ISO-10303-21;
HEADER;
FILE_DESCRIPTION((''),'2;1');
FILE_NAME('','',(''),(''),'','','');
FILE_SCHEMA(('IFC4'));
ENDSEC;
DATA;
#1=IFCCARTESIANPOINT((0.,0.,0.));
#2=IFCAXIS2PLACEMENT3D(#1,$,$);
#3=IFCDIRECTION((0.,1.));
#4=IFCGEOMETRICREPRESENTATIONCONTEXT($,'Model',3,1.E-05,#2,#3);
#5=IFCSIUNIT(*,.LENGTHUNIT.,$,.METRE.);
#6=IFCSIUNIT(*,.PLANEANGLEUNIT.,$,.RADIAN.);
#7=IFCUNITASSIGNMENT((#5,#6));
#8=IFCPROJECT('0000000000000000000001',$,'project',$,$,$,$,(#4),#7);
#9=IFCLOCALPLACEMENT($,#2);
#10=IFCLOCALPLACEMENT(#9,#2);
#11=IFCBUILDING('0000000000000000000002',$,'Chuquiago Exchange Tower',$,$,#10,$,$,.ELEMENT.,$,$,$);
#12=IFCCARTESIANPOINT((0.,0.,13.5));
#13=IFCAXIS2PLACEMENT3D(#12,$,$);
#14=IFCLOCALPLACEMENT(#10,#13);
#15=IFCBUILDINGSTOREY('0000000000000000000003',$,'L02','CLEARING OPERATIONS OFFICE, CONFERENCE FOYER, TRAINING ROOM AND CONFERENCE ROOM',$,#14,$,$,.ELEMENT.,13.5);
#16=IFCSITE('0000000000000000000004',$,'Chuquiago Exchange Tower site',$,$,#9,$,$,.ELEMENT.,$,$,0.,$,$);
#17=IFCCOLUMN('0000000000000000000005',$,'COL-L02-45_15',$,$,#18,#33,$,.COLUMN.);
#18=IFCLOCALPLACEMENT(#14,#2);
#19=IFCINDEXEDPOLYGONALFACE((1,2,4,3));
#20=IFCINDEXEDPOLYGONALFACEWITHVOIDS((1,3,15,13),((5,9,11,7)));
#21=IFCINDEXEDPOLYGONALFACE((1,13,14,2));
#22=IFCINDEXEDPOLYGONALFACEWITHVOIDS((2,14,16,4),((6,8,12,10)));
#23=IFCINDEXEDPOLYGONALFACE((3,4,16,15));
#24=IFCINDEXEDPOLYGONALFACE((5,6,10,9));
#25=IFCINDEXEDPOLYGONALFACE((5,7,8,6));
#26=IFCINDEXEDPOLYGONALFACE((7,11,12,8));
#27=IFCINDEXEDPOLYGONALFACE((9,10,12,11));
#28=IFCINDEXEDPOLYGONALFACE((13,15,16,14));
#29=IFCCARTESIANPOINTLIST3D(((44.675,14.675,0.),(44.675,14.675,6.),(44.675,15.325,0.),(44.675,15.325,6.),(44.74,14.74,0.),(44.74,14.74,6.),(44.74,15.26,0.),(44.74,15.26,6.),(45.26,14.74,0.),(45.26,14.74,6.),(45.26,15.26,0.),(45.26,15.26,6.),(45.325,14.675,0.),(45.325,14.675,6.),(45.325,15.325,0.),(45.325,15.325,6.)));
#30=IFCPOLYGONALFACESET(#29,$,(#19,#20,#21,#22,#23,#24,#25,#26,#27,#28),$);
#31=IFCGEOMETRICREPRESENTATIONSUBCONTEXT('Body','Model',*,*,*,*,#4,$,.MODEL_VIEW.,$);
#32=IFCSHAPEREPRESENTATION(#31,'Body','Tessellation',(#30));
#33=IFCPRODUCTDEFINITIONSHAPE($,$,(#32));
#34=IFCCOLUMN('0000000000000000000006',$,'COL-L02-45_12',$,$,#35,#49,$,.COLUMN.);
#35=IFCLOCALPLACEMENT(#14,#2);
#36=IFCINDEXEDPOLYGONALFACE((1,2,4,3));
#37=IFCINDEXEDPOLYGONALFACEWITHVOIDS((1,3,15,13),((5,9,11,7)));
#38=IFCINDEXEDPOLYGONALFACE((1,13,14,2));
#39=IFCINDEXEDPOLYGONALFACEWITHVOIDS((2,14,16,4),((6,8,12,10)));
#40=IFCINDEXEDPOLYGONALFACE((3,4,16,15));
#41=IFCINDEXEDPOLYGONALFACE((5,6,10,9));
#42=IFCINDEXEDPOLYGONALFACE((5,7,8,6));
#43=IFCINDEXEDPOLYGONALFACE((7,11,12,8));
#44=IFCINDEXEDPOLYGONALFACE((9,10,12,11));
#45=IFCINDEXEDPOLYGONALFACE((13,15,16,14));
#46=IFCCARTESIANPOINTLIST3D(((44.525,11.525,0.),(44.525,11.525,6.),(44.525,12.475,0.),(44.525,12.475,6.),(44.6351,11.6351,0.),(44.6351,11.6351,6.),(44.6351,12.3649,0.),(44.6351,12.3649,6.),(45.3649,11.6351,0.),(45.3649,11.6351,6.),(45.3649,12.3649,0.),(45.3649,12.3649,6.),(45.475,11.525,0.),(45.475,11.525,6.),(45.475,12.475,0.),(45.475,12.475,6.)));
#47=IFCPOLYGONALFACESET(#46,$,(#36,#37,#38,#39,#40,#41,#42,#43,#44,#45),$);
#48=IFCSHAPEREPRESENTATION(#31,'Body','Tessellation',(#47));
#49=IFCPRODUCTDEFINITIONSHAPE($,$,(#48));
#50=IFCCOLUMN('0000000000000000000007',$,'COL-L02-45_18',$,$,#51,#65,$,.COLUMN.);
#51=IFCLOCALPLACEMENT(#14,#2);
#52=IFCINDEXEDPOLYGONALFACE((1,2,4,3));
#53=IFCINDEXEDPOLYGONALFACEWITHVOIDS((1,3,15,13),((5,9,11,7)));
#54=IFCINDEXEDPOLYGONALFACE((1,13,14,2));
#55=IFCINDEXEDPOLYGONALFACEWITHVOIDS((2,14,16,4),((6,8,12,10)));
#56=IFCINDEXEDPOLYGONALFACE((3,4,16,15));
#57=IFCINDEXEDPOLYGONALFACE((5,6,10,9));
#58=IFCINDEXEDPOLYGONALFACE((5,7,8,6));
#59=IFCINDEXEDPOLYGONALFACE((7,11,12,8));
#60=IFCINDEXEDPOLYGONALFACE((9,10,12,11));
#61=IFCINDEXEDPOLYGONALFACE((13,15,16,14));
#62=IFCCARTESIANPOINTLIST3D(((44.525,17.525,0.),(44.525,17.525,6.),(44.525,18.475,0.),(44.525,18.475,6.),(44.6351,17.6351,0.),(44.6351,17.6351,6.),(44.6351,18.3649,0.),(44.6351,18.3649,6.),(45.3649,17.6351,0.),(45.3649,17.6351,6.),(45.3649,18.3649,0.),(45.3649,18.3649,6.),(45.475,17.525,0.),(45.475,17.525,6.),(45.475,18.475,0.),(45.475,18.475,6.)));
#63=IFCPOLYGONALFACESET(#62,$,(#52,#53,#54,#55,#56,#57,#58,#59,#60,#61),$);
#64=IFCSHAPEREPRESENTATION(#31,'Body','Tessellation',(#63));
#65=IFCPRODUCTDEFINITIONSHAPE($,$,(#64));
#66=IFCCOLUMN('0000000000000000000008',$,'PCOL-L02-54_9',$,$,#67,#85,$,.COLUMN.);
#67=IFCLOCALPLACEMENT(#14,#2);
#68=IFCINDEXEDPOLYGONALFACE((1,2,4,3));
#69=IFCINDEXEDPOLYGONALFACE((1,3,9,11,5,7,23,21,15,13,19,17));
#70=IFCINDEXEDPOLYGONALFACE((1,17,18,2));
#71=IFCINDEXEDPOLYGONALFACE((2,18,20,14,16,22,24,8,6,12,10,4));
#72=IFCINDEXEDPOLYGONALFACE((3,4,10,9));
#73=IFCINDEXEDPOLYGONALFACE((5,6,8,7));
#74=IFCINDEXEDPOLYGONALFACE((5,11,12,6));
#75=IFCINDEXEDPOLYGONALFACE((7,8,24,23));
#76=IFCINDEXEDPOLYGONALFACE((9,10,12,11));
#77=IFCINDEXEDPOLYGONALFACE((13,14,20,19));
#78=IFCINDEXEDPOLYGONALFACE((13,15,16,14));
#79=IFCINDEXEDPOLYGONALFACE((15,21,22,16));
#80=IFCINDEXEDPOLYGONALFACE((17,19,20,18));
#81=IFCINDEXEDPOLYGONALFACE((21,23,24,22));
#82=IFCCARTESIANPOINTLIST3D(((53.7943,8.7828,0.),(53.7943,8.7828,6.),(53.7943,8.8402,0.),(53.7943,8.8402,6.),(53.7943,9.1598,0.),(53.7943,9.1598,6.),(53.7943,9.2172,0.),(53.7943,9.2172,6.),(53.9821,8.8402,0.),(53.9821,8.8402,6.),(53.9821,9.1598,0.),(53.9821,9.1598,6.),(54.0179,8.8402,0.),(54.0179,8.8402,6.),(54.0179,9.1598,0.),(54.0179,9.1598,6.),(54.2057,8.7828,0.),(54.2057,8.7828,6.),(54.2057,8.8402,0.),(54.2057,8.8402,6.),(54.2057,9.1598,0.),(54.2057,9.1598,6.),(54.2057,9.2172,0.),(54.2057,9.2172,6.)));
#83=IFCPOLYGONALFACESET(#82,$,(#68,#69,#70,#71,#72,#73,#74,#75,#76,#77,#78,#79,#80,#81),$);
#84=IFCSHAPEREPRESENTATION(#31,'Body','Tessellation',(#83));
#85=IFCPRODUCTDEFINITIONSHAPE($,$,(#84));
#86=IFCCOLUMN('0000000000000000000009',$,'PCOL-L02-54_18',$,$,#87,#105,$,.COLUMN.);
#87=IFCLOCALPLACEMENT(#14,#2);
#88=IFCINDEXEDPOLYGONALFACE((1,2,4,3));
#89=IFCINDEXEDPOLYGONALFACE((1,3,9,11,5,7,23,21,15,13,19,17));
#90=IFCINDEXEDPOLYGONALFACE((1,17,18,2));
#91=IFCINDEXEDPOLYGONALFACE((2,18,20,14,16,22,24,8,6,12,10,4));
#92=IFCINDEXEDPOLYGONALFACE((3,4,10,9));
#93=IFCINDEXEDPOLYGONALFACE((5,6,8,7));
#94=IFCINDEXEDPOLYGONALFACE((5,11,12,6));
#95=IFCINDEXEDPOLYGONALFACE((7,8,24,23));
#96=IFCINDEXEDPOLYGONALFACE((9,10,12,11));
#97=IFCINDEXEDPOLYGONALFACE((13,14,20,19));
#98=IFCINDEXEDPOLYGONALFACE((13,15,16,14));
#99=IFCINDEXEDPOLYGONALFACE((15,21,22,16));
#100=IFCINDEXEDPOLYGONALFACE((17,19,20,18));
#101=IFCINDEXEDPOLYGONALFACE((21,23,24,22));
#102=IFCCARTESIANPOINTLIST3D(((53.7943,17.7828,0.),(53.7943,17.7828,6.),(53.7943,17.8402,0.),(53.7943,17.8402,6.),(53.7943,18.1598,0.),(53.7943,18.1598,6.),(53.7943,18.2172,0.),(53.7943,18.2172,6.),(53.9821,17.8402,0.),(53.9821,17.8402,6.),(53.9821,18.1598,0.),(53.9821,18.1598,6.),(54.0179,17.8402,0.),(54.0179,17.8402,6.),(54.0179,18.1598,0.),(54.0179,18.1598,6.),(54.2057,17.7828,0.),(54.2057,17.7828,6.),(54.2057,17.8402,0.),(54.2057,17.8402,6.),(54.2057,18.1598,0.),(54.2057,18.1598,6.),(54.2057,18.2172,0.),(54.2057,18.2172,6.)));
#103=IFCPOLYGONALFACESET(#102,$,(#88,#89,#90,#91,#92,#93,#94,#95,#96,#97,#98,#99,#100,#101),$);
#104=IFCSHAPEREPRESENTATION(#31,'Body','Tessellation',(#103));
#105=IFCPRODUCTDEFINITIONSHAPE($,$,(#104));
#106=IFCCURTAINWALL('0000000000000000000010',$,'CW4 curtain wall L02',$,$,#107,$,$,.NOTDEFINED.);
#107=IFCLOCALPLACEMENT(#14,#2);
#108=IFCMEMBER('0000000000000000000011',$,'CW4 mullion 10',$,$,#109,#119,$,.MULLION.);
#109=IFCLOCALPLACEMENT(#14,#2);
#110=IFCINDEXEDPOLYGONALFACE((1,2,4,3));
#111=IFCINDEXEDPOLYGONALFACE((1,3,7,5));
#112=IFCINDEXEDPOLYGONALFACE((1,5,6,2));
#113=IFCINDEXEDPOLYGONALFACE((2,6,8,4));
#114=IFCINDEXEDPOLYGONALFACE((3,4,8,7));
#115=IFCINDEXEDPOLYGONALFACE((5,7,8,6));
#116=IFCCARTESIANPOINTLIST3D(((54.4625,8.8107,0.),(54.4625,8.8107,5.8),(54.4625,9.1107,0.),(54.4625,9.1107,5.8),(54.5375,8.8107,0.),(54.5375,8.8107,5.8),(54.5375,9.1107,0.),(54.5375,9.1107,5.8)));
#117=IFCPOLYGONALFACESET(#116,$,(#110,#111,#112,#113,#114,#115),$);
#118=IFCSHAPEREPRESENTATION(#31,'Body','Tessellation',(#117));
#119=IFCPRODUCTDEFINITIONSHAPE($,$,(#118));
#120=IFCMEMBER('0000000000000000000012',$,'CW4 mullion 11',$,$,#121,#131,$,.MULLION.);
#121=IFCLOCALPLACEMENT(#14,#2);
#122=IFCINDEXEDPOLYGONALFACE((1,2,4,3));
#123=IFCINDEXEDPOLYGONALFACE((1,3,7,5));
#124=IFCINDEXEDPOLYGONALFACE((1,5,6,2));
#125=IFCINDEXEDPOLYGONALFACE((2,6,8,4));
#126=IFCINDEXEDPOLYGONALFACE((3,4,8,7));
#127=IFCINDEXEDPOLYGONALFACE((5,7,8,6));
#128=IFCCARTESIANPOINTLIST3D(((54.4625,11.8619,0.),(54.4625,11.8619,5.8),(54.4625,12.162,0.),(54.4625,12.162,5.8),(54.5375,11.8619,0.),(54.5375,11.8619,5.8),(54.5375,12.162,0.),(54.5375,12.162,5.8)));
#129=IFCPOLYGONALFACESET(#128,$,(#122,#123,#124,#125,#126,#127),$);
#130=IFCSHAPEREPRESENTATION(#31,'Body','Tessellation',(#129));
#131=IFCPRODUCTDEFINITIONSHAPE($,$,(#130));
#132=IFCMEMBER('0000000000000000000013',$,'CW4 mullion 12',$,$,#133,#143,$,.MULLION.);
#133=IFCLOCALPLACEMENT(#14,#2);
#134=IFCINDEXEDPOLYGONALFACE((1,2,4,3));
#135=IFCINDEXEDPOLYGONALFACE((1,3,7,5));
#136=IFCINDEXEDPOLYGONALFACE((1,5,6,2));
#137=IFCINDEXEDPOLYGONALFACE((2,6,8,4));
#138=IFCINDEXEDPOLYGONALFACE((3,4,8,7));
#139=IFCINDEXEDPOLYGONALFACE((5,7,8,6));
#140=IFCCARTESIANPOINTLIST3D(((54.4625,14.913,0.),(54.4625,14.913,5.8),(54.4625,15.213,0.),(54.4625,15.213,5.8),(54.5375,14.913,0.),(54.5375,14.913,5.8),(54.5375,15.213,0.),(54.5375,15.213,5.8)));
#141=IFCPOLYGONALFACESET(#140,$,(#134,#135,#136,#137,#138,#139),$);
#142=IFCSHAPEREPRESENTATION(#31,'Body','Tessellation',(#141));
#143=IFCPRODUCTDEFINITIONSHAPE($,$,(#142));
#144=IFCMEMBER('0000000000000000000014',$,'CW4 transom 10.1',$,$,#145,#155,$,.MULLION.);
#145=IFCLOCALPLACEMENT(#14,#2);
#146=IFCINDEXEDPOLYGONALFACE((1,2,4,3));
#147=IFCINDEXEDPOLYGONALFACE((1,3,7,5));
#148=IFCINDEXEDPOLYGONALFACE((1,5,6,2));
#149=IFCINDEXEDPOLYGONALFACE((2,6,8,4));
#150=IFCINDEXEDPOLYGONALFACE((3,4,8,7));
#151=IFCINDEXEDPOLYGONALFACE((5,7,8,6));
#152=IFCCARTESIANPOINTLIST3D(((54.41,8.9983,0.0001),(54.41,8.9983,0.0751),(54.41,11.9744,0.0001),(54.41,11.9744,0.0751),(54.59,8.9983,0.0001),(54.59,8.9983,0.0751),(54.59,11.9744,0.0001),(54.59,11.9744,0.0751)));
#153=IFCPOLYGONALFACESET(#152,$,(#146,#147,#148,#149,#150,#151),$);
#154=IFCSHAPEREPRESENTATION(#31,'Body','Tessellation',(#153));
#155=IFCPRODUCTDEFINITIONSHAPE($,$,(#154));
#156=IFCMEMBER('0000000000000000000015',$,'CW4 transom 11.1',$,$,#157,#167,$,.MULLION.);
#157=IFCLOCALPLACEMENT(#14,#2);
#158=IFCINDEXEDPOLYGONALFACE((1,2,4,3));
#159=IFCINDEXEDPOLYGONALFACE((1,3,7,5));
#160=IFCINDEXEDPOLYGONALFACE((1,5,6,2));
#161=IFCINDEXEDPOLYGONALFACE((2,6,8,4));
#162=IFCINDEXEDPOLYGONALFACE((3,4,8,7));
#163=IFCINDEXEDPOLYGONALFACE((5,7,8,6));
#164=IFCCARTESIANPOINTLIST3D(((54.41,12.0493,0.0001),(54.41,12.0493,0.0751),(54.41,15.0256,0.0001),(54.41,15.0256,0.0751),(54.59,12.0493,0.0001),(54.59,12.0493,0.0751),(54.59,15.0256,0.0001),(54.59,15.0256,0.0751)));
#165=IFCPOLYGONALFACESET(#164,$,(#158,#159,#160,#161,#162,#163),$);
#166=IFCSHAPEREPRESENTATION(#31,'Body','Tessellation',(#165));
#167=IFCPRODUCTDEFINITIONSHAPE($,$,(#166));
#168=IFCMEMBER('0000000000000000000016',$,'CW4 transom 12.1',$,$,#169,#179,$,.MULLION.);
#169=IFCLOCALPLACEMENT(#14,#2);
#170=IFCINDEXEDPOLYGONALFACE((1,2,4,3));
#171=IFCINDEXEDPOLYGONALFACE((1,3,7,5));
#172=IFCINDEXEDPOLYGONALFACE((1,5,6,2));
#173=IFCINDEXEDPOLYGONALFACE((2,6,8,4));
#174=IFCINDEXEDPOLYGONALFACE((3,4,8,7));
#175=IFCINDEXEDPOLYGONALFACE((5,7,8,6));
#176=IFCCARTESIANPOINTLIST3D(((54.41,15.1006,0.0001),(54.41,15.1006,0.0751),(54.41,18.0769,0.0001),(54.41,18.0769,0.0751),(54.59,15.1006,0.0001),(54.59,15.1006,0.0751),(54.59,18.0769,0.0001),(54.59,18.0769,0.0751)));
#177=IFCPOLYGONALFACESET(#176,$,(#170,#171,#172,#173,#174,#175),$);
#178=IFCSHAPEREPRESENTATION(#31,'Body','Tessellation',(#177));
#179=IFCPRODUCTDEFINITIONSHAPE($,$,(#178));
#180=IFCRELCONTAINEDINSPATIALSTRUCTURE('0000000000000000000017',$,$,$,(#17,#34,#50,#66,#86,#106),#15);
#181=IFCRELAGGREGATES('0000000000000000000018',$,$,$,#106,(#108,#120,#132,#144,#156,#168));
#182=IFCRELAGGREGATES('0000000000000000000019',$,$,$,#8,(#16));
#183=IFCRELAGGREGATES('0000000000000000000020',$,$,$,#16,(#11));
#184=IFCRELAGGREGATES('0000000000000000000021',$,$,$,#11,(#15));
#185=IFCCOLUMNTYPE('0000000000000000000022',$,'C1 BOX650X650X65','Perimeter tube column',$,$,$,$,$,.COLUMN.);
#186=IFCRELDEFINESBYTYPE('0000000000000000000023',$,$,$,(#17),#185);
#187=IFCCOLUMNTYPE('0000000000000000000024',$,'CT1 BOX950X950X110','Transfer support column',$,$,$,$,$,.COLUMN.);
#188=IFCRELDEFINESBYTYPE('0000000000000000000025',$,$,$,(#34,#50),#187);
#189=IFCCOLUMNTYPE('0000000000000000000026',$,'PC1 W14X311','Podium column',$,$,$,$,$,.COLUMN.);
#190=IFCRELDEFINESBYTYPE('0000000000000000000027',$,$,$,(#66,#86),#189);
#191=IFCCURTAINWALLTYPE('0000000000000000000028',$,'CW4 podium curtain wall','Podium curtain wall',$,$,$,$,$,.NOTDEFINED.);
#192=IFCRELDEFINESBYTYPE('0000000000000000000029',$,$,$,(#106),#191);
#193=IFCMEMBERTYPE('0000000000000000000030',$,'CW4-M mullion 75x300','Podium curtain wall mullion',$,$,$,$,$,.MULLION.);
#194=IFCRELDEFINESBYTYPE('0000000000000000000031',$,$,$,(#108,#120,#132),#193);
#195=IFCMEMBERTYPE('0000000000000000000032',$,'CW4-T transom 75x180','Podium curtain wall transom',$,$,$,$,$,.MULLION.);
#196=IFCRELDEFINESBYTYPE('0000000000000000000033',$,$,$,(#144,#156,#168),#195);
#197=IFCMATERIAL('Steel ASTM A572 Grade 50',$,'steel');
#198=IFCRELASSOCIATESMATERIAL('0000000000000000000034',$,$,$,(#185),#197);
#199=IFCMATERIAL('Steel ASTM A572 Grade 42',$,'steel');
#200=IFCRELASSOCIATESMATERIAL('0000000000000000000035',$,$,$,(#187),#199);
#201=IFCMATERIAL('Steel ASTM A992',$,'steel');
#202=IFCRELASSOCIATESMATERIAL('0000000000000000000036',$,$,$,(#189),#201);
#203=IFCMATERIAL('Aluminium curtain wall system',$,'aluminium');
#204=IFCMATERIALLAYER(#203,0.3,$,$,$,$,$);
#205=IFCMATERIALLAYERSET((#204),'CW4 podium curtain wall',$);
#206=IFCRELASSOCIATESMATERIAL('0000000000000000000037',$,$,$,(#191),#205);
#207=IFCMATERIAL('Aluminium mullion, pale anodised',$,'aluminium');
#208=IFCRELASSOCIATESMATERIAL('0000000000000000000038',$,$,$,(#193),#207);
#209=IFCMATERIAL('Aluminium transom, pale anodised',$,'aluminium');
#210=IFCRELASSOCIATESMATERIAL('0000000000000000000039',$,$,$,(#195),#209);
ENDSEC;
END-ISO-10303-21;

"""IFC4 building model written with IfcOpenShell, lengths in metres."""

from ifc_helpers import new_model, si_unit, direction, frame, origin, origin_2d, place, context, subcontext, project, spatial, rectangle, hollow_rectangle, i_section, extrude, material, layer, layer_set, material_profile, profile_set, type_object, element, aggregate, save


model = new_model("IFC4")

# Units and contexts
model_context = context("Model", 3, precision=1e-05, world=origin(), true_north=direction((0.0, 1.0)))
body_context = subcontext(model_context, "Body", "Model", "MODEL_VIEW")
ifc_project = project(units=[si_unit("LENGTHUNIT", "METRE"), si_unit("PLANEANGLEUNIT", "RADIAN")], contexts=[model_context])

# Site, building, storey
site_placement = place(None, origin())
site = spatial("IfcSite", under=ifc_project, at=site_placement, Name="Chuquiago Exchange Tower site", CompositionType="ELEMENT", RefElevation=0.0)
building_placement = place(site_placement, origin())
building = spatial("IfcBuilding", under=site, at=building_placement, Name="Chuquiago Exchange Tower", CompositionType="ELEMENT")
storey_placement = place(building_placement, frame((0.0, 0.0, 13.5)))
storey = spatial("IfcBuildingStorey", under=building, at=storey_placement, Name="L02", Description="CLEARING OPERATIONS OFFICE, CONFERENCE FOYER, TRAINING ROOM AND CONFERENCE ROOM", CompositionType="ELEMENT", Elevation=13.5)

# Columns
ifc_material_1 = material(Name="Steel ASTM A572 Grade 50", Category="steel")
ifc_material_profile_1 = material_profile(ifc_material_1, hollow_rectangle(XDim=0.6499, YDim=0.6499, WallThickness=0.0649, at=origin_2d()), Name="BOX650X650X65")
ifc_profile_set_1 = profile_set([ifc_material_profile_1], Name="Steel ASTM A572 Grade 50")
column_type_1 = type_object("IfcColumnType", Name="C1 BOX650X650X65", Description="Perimeter tube column", PredefinedType="COLUMN", material=ifc_profile_set_1)
column_placement = place(storey_placement, frame((45.0, 15.0, 0.0), z_axis=(0.0, 0.0, 1.0), x_axis=(1.0, 0.0, 0.0)))
element("IfcColumn", 1, at=column_placement, inside=storey, type_object=column_type_1, Name="COL-L02-45_15", PredefinedType="COLUMN", context=body_context, shape_type="SweptSolid", body=[
    extrude(hollow_rectangle(XDim=0.6499, YDim=0.6499, WallThickness=0.0649, at=origin_2d()), origin(), (0.0, 0.0, 1.0), 6.0),
])
ifc_material_2 = material(Name="Steel ASTM A572 Grade 42", Category="steel")
ifc_material_profile_2 = material_profile(ifc_material_2, hollow_rectangle(XDim=0.95, YDim=0.95, WallThickness=0.1101, at=origin_2d()), Name="BOX950X950X110")
ifc_profile_set_2 = profile_set([ifc_material_profile_2], Name="Steel ASTM A572 Grade 42")
column_type_2 = type_object("IfcColumnType", Name="CT1 BOX950X950X110", Description="Transfer support column", PredefinedType="COLUMN", material=ifc_profile_set_2)
for number, where, z_axis, x_axis, name in (
    (2, (45.0, 12.0, 0.0), (0.0, 0.0, 1.0), (1.0, 0.0, 0.0), "COL-L02-45_12"),
    (3, (45.0, 18.0, 0.0), (0.0, 0.0, 1.0), (1.0, 0.0, 0.0), "COL-L02-45_18"),
):
    element("IfcColumn", number, at=place(storey_placement, frame(where, z_axis=z_axis, x_axis=x_axis)), inside=storey, type_object=column_type_2, Name=name, PredefinedType="COLUMN", context=body_context, shape_type="SweptSolid", body=[
        extrude(hollow_rectangle(XDim=0.95, YDim=0.95, WallThickness=0.1101, at=origin_2d()), origin(), (0.0, 0.0, 1.0), 6.0),
    ])
ifc_material_3 = material(Name="Steel ASTM A992", Category="steel")
ifc_material_profile_3 = material_profile(ifc_material_3, i_section(OverallWidth=0.4114, OverallDepth=0.4343, WebThickness=0.0359, FlangeThickness=0.0574, at=origin_2d()), Name="W14X311")
ifc_profile_set_3 = profile_set([ifc_material_profile_3], Name="Steel ASTM A992")
column_type_3 = type_object("IfcColumnType", Name="PC1 W14X311", Description="Podium column", PredefinedType="COLUMN", material=ifc_profile_set_3)
for number, where, z_axis, x_axis, name in (
    (4, (54.0, 9.0, 0.0), (0.0, 0.0, 1.0), (1.0, 0.0, 0.0), "PCOL-L02-54_9"),
    (5, (54.0, 18.0, 0.0), (0.0, 0.0, 1.0), (1.0, 0.0, 0.0), "PCOL-L02-54_18"),
):
    element("IfcColumn", number, at=place(storey_placement, frame(where, z_axis=z_axis, x_axis=x_axis)), inside=storey, type_object=column_type_3, Name=name, PredefinedType="COLUMN", context=body_context, shape_type="SweptSolid", body=[
        extrude(i_section(OverallWidth=0.4114, OverallDepth=0.4343, WebThickness=0.0359, FlangeThickness=0.0574, at=origin_2d()), origin(), (0.0, 0.0, 1.0), 6.0),
    ])

# Curtain wall, members
ifc_material_4 = material(Name="Aluminium curtain wall system", Category="aluminium")
ifc_layer_1 = layer(ifc_material_4, 0.3)
ifc_layer_set_1 = layer_set([ifc_layer_1], Name="CW4 podium curtain wall")
curtain_wall_type = type_object("IfcCurtainWallType", Name="CW4 podium curtain wall", Description="Podium curtain wall", PredefinedType="NOTDEFINED", material=ifc_layer_set_1)
curtain_wall_placement = place(storey_placement, origin())
curtain_wall = element("IfcCurtainWall", 6, at=curtain_wall_placement, inside=storey, type_object=curtain_wall_type, Name="CW4 curtain wall L02", PredefinedType="NOTDEFINED")
ifc_material_5 = material(Name="Aluminium mullion, pale anodised", Category="aluminium")
ifc_material_profile_4 = material_profile(ifc_material_5, rectangle(XDim=0.075, YDim=0.3, at=origin_2d()), Name="AL 75x300")
ifc_profile_set_4 = profile_set([ifc_material_profile_4], Name="Aluminium mullion, pale anodised")
member_type_1 = type_object("IfcMemberType", Name="CW4-M mullion 75x300", Description="Podium curtain wall mullion", PredefinedType="MULLION", material=ifc_profile_set_4)
member_1_placement = place(storey_placement, frame((54.5, 8.9607, 0.0), z_axis=(0.0, 0.0, 1.0), x_axis=(-1.0, 0.0, 0.0)))
member_1 = element("IfcMember", 7, at=member_1_placement, type_object=member_type_1, Name="CW4 mullion 10", PredefinedType="MULLION", context=body_context, shape_type="SweptSolid", body=[
    extrude(rectangle(XDim=0.075, YDim=0.3, at=origin_2d()), origin(), (0.0, 0.0, 1.0), 5.8),
])
member_2_placement = place(storey_placement, frame((54.5, 12.012, 0.0), z_axis=(0.0, 0.0, 1.0), x_axis=(-1.0, 0.0, 0.0)))
member_2 = element("IfcMember", 8, at=member_2_placement, type_object=member_type_1, Name="CW4 mullion 11", PredefinedType="MULLION", context=body_context, shape_type="SweptSolid", body=[
    extrude(rectangle(XDim=0.075, YDim=0.3, at=origin_2d()), origin(), (0.0, 0.0, 1.0), 5.8),
])
member_3_placement = place(storey_placement, frame((54.5, 15.063, 0.0), z_axis=(0.0, 0.0, 1.0), x_axis=(-1.0, 0.0, 0.0)))
member_3 = element("IfcMember", 9, at=member_3_placement, type_object=member_type_1, Name="CW4 mullion 12", PredefinedType="MULLION", context=body_context, shape_type="SweptSolid", body=[
    extrude(rectangle(XDim=0.075, YDim=0.3, at=origin_2d()), origin(), (0.0, 0.0, 1.0), 5.8),
])
ifc_material_6 = material(Name="Aluminium transom, pale anodised", Category="aluminium")
ifc_material_profile_5 = material_profile(ifc_material_6, rectangle(XDim=0.1799, YDim=0.075, at=origin_2d()), Name="AL 180x75")
ifc_profile_set_5 = profile_set([ifc_material_profile_5], Name="Aluminium transom, pale anodised")
member_type_2 = type_object("IfcMemberType", Name="CW4-T transom 75x180", Description="Podium curtain wall transom", PredefinedType="MULLION", material=ifc_profile_set_5)
member_4_placement = place(storey_placement, frame((54.5, 8.9983, 0.0376), z_axis=(0.0, 1.0, 0.0), x_axis=(-1.0, 0.0, 0.0)))
member_4 = element("IfcMember", 10, at=member_4_placement, type_object=member_type_2, Name="CW4 transom 10.1", PredefinedType="MULLION", context=body_context, shape_type="SweptSolid", body=[
    extrude(rectangle(XDim=0.1799, YDim=0.075, at=origin_2d()), origin(), (0.0, 0.0, 1.0), 2.9761),
])
member_5_placement = place(storey_placement, frame((54.5, 12.0493, 0.0376), z_axis=(0.0, 1.0, 0.0), x_axis=(-1.0, 0.0, 0.0)))
member_5 = element("IfcMember", 11, at=member_5_placement, type_object=member_type_2, Name="CW4 transom 11.1", PredefinedType="MULLION", context=body_context, shape_type="SweptSolid", body=[
    extrude(rectangle(XDim=0.1799, YDim=0.075, at=origin_2d()), origin(), (0.0, 0.0, 1.0), 2.9763),
])
member_6_placement = place(storey_placement, frame((54.5, 15.1006, 0.0376), z_axis=(0.0, 1.0, 0.0), x_axis=(-1.0, 0.0, 0.0)))
member_6 = element("IfcMember", 12, at=member_6_placement, type_object=member_type_2, Name="CW4 transom 12.1", PredefinedType="MULLION", context=body_context, shape_type="SweptSolid", body=[
    extrude(rectangle(XDim=0.1799, YDim=0.075, at=origin_2d()), origin(), (0.0, 0.0, 1.0), 2.9763),
])

aggregate(curtain_wall, [member_1, member_2, member_3, member_4, member_5, member_6])

save(model, "model.ifc")
